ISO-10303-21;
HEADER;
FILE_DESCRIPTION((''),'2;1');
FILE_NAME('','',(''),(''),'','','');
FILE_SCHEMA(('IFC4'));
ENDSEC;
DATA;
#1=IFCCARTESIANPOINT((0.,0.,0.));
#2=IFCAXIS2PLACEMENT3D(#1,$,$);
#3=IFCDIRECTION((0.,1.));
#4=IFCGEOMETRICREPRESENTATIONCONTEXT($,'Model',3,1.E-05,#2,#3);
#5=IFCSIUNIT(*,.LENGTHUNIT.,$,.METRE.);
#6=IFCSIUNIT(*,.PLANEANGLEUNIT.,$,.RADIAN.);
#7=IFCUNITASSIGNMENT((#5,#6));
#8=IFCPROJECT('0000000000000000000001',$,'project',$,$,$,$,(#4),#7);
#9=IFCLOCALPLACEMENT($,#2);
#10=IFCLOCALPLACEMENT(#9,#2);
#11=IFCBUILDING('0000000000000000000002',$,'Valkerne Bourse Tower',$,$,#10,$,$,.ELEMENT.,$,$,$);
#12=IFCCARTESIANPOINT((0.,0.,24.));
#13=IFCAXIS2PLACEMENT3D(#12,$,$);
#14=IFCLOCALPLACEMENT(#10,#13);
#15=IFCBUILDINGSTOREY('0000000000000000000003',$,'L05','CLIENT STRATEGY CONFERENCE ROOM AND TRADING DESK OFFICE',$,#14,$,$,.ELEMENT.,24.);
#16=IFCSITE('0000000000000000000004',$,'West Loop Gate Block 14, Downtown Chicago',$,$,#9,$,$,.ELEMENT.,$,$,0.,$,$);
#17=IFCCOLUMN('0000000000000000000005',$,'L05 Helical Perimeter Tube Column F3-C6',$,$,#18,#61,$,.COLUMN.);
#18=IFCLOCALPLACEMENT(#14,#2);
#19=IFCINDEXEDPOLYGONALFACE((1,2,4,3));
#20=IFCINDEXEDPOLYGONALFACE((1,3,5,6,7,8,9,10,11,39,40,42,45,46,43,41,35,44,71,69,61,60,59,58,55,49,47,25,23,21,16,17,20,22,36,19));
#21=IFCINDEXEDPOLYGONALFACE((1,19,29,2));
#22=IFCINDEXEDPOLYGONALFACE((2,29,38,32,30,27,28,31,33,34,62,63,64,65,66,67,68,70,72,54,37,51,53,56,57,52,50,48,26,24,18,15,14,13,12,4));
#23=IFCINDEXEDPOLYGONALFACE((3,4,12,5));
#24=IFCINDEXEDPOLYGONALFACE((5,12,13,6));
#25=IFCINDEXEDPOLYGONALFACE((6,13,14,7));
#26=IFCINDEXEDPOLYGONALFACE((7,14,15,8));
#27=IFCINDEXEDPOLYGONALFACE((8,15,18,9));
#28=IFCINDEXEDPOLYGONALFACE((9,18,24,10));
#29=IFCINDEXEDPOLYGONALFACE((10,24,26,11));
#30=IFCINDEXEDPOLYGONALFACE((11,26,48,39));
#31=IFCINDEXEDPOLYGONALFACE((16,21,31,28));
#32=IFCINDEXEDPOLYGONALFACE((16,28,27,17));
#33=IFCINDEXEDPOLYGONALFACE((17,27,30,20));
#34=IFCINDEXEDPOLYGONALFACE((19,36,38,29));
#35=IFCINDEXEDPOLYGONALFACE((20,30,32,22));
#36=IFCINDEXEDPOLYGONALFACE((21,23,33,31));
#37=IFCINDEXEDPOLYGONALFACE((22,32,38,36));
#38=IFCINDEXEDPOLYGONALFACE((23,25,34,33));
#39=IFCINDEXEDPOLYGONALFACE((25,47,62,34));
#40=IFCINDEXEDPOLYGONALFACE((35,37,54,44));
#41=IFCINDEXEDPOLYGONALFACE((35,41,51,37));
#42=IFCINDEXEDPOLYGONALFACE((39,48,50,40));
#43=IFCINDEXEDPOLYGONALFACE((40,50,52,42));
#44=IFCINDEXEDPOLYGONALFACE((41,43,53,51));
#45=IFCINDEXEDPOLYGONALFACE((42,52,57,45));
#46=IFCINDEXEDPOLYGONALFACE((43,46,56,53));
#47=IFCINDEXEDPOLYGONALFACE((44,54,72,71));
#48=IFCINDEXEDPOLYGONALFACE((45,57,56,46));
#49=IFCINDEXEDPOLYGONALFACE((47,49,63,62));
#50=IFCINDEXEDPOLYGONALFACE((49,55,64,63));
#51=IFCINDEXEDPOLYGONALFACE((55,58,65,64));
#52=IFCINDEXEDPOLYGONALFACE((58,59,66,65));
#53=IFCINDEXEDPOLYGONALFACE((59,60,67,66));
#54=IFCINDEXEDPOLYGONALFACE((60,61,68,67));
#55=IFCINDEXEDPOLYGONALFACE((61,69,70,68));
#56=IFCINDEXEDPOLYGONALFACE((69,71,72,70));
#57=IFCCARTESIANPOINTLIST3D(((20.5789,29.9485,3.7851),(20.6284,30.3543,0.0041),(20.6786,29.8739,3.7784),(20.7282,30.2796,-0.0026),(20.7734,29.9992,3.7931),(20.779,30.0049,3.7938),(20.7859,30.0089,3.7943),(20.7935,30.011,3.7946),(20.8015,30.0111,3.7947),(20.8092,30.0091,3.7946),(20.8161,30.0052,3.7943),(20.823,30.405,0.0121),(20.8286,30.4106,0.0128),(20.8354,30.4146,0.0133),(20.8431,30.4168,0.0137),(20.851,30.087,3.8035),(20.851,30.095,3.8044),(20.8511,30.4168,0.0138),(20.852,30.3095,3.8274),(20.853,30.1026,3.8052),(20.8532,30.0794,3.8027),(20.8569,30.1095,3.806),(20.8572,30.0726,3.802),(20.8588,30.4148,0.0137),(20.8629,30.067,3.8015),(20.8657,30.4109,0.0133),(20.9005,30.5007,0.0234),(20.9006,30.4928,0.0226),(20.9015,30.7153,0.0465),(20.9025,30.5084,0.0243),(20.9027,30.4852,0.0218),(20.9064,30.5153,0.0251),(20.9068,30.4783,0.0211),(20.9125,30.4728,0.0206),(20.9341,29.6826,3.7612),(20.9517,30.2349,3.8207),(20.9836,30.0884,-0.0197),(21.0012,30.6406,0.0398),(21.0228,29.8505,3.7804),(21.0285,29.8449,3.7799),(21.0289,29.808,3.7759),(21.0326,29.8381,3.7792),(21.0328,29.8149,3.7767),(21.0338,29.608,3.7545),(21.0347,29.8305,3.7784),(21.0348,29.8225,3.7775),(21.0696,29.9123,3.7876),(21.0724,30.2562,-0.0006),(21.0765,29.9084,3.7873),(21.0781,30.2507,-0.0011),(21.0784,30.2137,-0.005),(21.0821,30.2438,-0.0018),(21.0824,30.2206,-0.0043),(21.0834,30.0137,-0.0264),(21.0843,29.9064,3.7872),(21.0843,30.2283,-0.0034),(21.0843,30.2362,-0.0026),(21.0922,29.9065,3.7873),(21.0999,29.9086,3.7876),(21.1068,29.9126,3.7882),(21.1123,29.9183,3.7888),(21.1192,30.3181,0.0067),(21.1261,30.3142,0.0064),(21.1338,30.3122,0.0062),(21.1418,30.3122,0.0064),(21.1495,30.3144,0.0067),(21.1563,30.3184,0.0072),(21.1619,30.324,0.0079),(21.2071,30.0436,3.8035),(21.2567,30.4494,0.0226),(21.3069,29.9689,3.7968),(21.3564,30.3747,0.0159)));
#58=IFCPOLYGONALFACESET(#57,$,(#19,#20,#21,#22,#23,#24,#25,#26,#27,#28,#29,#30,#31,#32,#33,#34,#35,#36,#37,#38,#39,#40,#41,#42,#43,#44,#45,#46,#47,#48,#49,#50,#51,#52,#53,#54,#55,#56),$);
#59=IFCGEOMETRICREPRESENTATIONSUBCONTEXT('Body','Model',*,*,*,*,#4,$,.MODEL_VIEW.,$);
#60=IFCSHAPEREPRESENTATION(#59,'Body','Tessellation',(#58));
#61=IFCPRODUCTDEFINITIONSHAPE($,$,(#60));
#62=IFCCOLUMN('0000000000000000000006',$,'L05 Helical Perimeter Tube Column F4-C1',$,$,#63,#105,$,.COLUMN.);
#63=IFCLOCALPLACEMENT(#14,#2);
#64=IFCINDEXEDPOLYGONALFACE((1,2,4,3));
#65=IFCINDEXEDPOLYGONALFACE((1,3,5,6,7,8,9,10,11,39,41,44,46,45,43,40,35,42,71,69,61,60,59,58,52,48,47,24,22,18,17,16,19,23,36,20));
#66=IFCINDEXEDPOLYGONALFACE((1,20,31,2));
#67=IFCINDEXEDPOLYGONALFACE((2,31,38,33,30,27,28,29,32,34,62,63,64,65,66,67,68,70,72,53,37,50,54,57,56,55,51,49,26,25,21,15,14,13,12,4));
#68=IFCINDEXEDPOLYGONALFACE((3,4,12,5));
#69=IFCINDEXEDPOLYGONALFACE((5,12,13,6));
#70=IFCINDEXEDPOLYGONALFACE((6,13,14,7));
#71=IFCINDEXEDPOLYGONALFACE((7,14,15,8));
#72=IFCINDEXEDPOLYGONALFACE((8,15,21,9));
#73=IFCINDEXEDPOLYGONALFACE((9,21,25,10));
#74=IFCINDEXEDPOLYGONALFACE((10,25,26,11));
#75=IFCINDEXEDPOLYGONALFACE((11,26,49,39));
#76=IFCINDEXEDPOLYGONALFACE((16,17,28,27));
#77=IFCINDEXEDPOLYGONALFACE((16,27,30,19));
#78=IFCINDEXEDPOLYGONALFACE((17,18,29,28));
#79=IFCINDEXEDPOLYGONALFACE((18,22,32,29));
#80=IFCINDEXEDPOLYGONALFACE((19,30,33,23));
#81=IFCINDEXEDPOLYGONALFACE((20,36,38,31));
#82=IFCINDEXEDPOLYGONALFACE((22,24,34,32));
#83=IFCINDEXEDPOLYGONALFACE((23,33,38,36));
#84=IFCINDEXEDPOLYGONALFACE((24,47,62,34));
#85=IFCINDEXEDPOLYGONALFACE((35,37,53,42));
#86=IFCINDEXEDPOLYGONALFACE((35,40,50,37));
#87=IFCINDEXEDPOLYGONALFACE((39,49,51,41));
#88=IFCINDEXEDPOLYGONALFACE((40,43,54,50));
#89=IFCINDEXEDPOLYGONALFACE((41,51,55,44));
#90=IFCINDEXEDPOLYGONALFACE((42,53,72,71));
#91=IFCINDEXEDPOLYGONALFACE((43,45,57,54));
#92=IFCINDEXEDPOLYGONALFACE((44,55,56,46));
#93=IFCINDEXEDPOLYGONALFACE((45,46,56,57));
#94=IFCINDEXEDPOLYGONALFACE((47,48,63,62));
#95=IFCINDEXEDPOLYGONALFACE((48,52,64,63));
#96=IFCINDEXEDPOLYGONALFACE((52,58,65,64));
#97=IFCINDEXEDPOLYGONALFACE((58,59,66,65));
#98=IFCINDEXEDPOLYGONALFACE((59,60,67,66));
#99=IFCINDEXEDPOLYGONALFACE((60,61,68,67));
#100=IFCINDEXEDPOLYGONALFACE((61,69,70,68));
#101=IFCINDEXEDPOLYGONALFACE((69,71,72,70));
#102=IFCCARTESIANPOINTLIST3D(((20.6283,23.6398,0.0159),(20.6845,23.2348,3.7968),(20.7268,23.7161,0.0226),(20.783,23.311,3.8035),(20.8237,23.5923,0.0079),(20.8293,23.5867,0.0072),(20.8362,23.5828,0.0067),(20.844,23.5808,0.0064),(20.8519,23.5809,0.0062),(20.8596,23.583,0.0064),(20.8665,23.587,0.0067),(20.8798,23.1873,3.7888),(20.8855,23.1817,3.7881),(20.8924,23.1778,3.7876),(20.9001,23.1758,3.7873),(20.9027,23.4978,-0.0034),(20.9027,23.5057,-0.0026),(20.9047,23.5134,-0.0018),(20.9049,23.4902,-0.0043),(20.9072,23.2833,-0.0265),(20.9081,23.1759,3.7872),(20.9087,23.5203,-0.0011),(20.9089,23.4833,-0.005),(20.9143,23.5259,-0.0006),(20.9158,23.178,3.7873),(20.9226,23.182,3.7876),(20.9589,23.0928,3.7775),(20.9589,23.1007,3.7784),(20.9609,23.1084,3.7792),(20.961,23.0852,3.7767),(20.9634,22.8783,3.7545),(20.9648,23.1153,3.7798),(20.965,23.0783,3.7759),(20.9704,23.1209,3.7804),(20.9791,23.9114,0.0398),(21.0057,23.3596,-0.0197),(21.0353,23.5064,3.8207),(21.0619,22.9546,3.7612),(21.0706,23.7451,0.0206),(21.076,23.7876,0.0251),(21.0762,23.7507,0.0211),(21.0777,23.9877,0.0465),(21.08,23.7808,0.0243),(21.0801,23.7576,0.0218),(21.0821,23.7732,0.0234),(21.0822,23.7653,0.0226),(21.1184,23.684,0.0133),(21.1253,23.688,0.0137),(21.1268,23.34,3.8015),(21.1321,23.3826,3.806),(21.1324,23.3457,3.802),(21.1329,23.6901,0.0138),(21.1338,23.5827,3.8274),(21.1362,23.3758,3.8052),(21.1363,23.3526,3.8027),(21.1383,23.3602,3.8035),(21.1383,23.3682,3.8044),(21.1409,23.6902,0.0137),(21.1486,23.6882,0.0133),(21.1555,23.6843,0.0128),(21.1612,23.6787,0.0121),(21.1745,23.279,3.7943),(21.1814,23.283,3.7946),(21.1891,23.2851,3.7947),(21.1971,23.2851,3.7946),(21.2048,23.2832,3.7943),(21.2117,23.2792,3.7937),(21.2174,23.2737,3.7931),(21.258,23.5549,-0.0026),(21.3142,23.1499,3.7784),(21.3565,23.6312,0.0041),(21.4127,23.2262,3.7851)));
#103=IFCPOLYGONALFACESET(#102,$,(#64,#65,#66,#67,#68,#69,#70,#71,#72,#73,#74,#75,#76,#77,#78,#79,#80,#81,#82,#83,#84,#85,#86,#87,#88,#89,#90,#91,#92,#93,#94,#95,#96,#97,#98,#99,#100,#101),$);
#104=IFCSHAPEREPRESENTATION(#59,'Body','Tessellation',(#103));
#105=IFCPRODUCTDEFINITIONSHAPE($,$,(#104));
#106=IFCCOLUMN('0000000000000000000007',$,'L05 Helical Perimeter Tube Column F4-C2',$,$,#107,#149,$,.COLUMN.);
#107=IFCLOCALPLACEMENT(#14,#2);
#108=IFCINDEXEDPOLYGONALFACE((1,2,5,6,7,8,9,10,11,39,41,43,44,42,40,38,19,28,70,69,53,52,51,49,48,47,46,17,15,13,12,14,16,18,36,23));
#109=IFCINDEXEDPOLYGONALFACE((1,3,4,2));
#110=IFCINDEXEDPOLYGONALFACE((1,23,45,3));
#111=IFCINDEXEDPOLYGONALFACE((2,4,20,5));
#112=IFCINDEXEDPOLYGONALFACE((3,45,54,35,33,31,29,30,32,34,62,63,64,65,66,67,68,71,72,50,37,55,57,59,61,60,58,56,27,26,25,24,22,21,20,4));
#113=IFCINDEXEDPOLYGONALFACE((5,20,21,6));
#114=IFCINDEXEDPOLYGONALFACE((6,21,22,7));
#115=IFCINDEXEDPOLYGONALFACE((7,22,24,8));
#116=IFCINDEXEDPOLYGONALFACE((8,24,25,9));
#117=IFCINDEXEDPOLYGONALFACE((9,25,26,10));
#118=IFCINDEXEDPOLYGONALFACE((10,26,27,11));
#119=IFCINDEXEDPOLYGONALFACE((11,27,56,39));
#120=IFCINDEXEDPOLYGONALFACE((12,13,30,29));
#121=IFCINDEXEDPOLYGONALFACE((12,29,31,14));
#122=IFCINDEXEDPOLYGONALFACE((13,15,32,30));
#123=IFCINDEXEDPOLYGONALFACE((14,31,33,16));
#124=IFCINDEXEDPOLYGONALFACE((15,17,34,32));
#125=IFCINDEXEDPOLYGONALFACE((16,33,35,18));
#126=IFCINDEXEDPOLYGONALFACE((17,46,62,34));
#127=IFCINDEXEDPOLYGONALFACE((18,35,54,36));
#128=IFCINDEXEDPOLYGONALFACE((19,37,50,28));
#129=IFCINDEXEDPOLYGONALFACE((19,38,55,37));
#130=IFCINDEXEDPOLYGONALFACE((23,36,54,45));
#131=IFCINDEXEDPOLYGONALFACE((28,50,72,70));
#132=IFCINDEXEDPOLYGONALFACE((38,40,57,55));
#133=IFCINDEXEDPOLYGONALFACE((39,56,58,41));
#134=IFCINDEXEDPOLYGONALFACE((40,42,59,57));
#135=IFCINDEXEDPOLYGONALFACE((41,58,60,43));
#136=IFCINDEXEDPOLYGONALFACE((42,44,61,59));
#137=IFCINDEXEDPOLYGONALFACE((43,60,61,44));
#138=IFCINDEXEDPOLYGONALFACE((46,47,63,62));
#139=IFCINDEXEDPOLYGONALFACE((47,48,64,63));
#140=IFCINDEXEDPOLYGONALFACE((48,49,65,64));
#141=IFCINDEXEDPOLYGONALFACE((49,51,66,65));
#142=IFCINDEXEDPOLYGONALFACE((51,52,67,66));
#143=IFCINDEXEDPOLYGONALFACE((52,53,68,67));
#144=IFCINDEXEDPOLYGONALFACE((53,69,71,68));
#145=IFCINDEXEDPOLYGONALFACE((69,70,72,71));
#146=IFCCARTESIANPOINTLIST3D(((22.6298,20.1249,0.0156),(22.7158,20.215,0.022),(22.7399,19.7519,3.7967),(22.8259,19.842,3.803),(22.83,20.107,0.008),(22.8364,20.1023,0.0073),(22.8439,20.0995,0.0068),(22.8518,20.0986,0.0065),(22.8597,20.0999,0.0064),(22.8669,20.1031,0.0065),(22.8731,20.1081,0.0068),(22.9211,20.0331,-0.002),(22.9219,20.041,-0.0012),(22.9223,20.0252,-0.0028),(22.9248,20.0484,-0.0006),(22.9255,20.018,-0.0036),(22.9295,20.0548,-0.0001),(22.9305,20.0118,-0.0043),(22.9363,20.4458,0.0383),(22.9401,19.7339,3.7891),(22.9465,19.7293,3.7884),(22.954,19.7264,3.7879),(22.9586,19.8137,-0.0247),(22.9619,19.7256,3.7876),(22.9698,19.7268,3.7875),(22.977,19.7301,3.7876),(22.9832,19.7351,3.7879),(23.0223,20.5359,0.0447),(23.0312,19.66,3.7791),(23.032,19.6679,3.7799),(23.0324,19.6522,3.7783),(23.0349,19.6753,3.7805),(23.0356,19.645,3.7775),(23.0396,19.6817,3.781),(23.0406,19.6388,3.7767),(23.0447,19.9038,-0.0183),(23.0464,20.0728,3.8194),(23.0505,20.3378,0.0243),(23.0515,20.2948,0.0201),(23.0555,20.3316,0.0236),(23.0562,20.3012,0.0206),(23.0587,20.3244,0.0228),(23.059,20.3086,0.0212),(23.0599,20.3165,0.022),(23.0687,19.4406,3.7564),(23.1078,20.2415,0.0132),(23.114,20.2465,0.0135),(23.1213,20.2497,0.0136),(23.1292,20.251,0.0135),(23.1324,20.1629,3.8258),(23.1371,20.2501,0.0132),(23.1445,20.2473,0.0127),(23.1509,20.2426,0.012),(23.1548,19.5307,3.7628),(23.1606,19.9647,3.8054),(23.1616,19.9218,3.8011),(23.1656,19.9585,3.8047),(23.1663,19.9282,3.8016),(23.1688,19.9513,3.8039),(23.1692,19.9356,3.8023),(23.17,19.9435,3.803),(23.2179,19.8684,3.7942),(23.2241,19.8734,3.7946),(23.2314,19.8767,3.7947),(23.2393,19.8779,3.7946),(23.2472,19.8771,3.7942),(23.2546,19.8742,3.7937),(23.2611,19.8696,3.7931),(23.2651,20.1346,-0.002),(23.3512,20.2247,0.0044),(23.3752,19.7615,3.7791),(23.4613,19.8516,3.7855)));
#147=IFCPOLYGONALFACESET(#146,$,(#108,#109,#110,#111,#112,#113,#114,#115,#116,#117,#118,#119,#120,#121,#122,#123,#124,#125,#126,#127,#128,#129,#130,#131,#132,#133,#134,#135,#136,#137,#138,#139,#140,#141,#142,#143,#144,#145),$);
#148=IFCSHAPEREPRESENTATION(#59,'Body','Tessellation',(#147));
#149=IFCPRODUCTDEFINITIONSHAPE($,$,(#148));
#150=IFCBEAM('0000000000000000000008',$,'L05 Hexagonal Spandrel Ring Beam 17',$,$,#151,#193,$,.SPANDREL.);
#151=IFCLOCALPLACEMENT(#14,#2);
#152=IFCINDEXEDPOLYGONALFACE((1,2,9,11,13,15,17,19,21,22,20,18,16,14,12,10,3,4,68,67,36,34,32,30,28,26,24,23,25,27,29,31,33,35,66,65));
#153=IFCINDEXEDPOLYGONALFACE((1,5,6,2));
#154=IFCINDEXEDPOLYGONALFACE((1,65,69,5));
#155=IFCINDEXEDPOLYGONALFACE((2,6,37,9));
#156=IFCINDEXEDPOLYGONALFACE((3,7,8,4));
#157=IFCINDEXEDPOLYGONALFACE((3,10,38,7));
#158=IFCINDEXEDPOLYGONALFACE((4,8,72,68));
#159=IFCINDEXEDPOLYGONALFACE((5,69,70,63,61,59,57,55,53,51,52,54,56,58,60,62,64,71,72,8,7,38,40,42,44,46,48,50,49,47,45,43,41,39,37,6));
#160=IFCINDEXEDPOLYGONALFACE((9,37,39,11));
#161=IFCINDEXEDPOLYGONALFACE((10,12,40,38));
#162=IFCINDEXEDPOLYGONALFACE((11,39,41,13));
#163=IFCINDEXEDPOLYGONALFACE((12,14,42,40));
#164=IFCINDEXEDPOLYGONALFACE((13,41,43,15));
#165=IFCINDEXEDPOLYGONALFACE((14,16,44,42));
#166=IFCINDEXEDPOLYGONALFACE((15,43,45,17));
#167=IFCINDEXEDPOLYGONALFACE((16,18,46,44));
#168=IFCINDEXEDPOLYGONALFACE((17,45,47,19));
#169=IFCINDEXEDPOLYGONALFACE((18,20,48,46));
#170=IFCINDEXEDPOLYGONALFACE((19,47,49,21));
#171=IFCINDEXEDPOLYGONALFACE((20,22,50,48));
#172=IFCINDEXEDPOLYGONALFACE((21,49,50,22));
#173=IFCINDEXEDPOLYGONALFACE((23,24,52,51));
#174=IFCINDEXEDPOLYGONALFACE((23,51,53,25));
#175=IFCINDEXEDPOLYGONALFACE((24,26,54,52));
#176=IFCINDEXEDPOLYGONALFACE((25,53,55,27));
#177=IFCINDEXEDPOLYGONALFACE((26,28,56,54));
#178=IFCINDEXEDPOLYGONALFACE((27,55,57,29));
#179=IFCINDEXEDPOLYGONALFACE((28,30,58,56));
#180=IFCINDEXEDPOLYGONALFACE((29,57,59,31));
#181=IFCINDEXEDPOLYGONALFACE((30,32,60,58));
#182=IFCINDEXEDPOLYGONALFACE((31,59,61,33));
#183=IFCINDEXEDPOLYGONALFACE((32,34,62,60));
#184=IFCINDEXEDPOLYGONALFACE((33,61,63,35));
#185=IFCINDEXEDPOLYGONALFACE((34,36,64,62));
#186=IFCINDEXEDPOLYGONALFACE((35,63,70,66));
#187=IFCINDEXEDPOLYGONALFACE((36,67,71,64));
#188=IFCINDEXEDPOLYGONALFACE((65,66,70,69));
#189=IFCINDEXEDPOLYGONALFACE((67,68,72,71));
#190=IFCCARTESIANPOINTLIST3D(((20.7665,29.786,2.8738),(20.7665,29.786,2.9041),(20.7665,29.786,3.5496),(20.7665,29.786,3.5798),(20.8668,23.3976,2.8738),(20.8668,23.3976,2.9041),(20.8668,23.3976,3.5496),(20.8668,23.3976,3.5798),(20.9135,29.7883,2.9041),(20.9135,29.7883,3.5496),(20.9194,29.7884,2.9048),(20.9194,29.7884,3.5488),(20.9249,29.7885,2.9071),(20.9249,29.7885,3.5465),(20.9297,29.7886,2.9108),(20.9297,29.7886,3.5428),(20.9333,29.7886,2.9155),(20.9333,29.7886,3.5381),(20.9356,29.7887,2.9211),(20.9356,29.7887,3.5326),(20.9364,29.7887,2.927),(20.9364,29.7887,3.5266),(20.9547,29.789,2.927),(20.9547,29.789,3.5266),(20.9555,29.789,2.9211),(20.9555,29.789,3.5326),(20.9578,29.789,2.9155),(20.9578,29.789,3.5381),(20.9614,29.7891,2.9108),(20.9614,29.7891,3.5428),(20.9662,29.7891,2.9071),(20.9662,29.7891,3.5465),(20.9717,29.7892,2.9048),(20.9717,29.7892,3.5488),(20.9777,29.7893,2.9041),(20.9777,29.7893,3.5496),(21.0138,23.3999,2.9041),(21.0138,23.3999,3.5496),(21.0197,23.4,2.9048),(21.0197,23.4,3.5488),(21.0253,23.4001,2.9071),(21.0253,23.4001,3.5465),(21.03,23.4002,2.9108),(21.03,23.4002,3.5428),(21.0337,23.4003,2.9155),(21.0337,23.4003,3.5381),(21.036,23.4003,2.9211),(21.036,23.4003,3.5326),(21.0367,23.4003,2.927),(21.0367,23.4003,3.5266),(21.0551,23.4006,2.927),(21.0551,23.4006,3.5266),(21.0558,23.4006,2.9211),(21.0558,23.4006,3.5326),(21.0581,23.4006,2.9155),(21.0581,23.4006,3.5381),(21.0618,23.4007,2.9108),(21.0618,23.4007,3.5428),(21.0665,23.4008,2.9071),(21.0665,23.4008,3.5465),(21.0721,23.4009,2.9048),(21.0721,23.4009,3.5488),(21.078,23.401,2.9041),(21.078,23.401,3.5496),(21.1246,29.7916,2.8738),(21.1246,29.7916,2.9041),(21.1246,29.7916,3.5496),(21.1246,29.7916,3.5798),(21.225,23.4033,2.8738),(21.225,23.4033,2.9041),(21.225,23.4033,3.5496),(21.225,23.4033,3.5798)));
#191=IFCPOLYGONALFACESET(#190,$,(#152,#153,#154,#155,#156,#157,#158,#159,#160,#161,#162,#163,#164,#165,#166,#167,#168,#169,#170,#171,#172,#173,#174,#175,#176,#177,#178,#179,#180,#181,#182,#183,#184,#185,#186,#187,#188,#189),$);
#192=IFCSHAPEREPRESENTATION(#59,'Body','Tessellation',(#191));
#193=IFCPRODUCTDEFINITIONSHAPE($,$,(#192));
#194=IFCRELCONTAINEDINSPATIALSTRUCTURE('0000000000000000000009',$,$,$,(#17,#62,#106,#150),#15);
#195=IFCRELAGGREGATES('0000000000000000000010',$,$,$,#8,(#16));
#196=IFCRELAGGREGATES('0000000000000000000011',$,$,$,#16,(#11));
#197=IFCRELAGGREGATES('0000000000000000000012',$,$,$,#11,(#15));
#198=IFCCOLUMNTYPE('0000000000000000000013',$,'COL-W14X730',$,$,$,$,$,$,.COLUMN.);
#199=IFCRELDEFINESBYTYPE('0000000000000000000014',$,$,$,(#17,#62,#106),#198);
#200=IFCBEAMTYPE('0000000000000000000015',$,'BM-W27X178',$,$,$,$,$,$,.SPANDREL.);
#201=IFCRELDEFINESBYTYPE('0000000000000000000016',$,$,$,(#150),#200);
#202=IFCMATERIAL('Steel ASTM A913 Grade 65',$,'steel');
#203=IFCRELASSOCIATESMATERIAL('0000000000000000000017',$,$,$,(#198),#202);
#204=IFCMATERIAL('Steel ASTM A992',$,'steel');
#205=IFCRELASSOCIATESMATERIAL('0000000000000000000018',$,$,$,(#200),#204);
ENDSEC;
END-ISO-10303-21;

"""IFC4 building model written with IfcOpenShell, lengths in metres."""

from ifc_helpers import new_model, si_unit, direction, frame, origin, origin_2d, place, context, subcontext, project, spatial, i_section, extrude, material, material_profile, profile_set, type_object, element, save


model = new_model("IFC4")

# Units and contexts
model_context = context("Model", 3, precision=1e-05, world=origin(), true_north=direction((0.0, 1.0)))
body_context = subcontext(model_context, "Body", "Model", "MODEL_VIEW")
ifc_project = project(units=[si_unit("LENGTHUNIT", "METRE"), si_unit("PLANEANGLEUNIT", "RADIAN")], contexts=[model_context])

# Site, building, storey
site_placement = place(None, origin())
site = spatial("IfcSite", under=ifc_project, at=site_placement, Name="West Loop Gate Block 14, Downtown Chicago", CompositionType="ELEMENT", RefElevation=0.0)
building_placement = place(site_placement, origin())
building = spatial("IfcBuilding", under=site, at=building_placement, Name="Valkerne Bourse Tower", CompositionType="ELEMENT")
storey_placement = place(building_placement, frame((0.0, 0.0, 24.0)))
storey = spatial("IfcBuildingStorey", under=building, at=storey_placement, Name="L05", Description="CLIENT STRATEGY CONFERENCE ROOM AND TRADING DESK OFFICE", CompositionType="ELEMENT", Elevation=24.0)

# Columns
ifc_material_1 = material(Name="Steel ASTM A913 Grade 65", Category="steel")
ifc_material_profile_1 = material_profile(ifc_material_1, i_section(OverallWidth=0.4546, OverallDepth=0.5691, WebThickness=0.0779, FlangeThickness=0.1248, FilletRadius=0.0305, at=origin_2d()), Name="W14X730")
ifc_profile_set_1 = profile_set([ifc_material_profile_1], Name="Steel ASTM A913 Grade 65")
column_type = type_object("IfcColumnType", Name="COL-W14X730", PredefinedType="COLUMN", material=ifc_profile_set_1)
for number, where, z_axis, x_axis, name in (
    (1, (20.9924, 30.3645, 0.01), (-0.013032, -0.106694, 0.994206), (-0.600701, -0.794036, -0.093086), "L05 Helical Perimeter Tube Column F3-C6"),
    (2, (20.9924, 23.6355, 0.01), (0.014765, -0.106501, 0.994203), (0.6135, -0.784186, -0.093115), "L05 Helical Perimeter Tube Column F4-C1"),
):
    element("IfcColumn", number, at=place(storey_placement, frame(where, z_axis=z_axis, x_axis=x_axis)), inside=storey, type_object=column_type, Name=name, PredefinedType="COLUMN", context=body_context, shape_type="SweptSolid", body=[
        extrude(i_section(OverallWidth=0.4546, OverallDepth=0.5691, WebThickness=0.0779, FlangeThickness=0.1248, FilletRadius=0.0305, at=origin_2d()), origin(), (0.0, 0.0, 1.0), 3.803),
    ])
column_placement = place(storey_placement, frame((22.9905, 20.1748, 0.01), z_axis=(0.028968, -0.098145, 0.99475), x_axis=(0.723418, -0.684699, -0.088621)))
element("IfcColumn", 3, at=column_placement, inside=storey, type_object=column_type, Name="L05 Helical Perimeter Tube Column F4-C2", PredefinedType="COLUMN", context=body_context, shape_type="SweptSolid", body=[
    extrude(i_section(OverallWidth=0.4546, OverallDepth=0.5691, WebThickness=0.0779, FlangeThickness=0.1248, FilletRadius=0.0305, at=origin_2d()), origin(), (0.0, 0.0, 1.0), 3.801),
])

# Beam
ifc_material_2 = material(Name="Steel ASTM A992", Category="steel")
ifc_material_profile_2 = material_profile(ifc_material_2, i_section(OverallWidth=0.3582, OverallDepth=0.7061, WebThickness=0.0183, FlangeThickness=0.0303, FilletRadius=0.0229, at=origin_2d()), Name="W27X178")
ifc_profile_set_2 = profile_set([ifc_material_profile_2], Name="Steel ASTM A992")
beam_type_1 = type_object("IfcBeamType", Name="BM-W27X178", PredefinedType="SPANDREL", material=ifc_profile_set_2)
beam_1_placement = place(storey_placement, frame((20.9456, 29.7888, 3.2268), z_axis=(0.015705, -0.999877, 0.0), x_axis=(0.999877, 0.015705, 0.0)))
element("IfcBeam", 4, at=beam_1_placement, inside=storey, type_object=beam_type_1, Name="L05 Hexagonal Spandrel Ring Beam 17", PredefinedType="SPANDREL", context=body_context, shape_type="SweptSolid", body=[
    extrude(i_section(OverallWidth=0.3582, OverallDepth=0.7061, WebThickness=0.0183, FlangeThickness=0.0303, FilletRadius=0.0229, at=origin_2d()), origin(), (0.0, 0.0, 1.0), 6.3892),
])

save(model, "model.ifc")
